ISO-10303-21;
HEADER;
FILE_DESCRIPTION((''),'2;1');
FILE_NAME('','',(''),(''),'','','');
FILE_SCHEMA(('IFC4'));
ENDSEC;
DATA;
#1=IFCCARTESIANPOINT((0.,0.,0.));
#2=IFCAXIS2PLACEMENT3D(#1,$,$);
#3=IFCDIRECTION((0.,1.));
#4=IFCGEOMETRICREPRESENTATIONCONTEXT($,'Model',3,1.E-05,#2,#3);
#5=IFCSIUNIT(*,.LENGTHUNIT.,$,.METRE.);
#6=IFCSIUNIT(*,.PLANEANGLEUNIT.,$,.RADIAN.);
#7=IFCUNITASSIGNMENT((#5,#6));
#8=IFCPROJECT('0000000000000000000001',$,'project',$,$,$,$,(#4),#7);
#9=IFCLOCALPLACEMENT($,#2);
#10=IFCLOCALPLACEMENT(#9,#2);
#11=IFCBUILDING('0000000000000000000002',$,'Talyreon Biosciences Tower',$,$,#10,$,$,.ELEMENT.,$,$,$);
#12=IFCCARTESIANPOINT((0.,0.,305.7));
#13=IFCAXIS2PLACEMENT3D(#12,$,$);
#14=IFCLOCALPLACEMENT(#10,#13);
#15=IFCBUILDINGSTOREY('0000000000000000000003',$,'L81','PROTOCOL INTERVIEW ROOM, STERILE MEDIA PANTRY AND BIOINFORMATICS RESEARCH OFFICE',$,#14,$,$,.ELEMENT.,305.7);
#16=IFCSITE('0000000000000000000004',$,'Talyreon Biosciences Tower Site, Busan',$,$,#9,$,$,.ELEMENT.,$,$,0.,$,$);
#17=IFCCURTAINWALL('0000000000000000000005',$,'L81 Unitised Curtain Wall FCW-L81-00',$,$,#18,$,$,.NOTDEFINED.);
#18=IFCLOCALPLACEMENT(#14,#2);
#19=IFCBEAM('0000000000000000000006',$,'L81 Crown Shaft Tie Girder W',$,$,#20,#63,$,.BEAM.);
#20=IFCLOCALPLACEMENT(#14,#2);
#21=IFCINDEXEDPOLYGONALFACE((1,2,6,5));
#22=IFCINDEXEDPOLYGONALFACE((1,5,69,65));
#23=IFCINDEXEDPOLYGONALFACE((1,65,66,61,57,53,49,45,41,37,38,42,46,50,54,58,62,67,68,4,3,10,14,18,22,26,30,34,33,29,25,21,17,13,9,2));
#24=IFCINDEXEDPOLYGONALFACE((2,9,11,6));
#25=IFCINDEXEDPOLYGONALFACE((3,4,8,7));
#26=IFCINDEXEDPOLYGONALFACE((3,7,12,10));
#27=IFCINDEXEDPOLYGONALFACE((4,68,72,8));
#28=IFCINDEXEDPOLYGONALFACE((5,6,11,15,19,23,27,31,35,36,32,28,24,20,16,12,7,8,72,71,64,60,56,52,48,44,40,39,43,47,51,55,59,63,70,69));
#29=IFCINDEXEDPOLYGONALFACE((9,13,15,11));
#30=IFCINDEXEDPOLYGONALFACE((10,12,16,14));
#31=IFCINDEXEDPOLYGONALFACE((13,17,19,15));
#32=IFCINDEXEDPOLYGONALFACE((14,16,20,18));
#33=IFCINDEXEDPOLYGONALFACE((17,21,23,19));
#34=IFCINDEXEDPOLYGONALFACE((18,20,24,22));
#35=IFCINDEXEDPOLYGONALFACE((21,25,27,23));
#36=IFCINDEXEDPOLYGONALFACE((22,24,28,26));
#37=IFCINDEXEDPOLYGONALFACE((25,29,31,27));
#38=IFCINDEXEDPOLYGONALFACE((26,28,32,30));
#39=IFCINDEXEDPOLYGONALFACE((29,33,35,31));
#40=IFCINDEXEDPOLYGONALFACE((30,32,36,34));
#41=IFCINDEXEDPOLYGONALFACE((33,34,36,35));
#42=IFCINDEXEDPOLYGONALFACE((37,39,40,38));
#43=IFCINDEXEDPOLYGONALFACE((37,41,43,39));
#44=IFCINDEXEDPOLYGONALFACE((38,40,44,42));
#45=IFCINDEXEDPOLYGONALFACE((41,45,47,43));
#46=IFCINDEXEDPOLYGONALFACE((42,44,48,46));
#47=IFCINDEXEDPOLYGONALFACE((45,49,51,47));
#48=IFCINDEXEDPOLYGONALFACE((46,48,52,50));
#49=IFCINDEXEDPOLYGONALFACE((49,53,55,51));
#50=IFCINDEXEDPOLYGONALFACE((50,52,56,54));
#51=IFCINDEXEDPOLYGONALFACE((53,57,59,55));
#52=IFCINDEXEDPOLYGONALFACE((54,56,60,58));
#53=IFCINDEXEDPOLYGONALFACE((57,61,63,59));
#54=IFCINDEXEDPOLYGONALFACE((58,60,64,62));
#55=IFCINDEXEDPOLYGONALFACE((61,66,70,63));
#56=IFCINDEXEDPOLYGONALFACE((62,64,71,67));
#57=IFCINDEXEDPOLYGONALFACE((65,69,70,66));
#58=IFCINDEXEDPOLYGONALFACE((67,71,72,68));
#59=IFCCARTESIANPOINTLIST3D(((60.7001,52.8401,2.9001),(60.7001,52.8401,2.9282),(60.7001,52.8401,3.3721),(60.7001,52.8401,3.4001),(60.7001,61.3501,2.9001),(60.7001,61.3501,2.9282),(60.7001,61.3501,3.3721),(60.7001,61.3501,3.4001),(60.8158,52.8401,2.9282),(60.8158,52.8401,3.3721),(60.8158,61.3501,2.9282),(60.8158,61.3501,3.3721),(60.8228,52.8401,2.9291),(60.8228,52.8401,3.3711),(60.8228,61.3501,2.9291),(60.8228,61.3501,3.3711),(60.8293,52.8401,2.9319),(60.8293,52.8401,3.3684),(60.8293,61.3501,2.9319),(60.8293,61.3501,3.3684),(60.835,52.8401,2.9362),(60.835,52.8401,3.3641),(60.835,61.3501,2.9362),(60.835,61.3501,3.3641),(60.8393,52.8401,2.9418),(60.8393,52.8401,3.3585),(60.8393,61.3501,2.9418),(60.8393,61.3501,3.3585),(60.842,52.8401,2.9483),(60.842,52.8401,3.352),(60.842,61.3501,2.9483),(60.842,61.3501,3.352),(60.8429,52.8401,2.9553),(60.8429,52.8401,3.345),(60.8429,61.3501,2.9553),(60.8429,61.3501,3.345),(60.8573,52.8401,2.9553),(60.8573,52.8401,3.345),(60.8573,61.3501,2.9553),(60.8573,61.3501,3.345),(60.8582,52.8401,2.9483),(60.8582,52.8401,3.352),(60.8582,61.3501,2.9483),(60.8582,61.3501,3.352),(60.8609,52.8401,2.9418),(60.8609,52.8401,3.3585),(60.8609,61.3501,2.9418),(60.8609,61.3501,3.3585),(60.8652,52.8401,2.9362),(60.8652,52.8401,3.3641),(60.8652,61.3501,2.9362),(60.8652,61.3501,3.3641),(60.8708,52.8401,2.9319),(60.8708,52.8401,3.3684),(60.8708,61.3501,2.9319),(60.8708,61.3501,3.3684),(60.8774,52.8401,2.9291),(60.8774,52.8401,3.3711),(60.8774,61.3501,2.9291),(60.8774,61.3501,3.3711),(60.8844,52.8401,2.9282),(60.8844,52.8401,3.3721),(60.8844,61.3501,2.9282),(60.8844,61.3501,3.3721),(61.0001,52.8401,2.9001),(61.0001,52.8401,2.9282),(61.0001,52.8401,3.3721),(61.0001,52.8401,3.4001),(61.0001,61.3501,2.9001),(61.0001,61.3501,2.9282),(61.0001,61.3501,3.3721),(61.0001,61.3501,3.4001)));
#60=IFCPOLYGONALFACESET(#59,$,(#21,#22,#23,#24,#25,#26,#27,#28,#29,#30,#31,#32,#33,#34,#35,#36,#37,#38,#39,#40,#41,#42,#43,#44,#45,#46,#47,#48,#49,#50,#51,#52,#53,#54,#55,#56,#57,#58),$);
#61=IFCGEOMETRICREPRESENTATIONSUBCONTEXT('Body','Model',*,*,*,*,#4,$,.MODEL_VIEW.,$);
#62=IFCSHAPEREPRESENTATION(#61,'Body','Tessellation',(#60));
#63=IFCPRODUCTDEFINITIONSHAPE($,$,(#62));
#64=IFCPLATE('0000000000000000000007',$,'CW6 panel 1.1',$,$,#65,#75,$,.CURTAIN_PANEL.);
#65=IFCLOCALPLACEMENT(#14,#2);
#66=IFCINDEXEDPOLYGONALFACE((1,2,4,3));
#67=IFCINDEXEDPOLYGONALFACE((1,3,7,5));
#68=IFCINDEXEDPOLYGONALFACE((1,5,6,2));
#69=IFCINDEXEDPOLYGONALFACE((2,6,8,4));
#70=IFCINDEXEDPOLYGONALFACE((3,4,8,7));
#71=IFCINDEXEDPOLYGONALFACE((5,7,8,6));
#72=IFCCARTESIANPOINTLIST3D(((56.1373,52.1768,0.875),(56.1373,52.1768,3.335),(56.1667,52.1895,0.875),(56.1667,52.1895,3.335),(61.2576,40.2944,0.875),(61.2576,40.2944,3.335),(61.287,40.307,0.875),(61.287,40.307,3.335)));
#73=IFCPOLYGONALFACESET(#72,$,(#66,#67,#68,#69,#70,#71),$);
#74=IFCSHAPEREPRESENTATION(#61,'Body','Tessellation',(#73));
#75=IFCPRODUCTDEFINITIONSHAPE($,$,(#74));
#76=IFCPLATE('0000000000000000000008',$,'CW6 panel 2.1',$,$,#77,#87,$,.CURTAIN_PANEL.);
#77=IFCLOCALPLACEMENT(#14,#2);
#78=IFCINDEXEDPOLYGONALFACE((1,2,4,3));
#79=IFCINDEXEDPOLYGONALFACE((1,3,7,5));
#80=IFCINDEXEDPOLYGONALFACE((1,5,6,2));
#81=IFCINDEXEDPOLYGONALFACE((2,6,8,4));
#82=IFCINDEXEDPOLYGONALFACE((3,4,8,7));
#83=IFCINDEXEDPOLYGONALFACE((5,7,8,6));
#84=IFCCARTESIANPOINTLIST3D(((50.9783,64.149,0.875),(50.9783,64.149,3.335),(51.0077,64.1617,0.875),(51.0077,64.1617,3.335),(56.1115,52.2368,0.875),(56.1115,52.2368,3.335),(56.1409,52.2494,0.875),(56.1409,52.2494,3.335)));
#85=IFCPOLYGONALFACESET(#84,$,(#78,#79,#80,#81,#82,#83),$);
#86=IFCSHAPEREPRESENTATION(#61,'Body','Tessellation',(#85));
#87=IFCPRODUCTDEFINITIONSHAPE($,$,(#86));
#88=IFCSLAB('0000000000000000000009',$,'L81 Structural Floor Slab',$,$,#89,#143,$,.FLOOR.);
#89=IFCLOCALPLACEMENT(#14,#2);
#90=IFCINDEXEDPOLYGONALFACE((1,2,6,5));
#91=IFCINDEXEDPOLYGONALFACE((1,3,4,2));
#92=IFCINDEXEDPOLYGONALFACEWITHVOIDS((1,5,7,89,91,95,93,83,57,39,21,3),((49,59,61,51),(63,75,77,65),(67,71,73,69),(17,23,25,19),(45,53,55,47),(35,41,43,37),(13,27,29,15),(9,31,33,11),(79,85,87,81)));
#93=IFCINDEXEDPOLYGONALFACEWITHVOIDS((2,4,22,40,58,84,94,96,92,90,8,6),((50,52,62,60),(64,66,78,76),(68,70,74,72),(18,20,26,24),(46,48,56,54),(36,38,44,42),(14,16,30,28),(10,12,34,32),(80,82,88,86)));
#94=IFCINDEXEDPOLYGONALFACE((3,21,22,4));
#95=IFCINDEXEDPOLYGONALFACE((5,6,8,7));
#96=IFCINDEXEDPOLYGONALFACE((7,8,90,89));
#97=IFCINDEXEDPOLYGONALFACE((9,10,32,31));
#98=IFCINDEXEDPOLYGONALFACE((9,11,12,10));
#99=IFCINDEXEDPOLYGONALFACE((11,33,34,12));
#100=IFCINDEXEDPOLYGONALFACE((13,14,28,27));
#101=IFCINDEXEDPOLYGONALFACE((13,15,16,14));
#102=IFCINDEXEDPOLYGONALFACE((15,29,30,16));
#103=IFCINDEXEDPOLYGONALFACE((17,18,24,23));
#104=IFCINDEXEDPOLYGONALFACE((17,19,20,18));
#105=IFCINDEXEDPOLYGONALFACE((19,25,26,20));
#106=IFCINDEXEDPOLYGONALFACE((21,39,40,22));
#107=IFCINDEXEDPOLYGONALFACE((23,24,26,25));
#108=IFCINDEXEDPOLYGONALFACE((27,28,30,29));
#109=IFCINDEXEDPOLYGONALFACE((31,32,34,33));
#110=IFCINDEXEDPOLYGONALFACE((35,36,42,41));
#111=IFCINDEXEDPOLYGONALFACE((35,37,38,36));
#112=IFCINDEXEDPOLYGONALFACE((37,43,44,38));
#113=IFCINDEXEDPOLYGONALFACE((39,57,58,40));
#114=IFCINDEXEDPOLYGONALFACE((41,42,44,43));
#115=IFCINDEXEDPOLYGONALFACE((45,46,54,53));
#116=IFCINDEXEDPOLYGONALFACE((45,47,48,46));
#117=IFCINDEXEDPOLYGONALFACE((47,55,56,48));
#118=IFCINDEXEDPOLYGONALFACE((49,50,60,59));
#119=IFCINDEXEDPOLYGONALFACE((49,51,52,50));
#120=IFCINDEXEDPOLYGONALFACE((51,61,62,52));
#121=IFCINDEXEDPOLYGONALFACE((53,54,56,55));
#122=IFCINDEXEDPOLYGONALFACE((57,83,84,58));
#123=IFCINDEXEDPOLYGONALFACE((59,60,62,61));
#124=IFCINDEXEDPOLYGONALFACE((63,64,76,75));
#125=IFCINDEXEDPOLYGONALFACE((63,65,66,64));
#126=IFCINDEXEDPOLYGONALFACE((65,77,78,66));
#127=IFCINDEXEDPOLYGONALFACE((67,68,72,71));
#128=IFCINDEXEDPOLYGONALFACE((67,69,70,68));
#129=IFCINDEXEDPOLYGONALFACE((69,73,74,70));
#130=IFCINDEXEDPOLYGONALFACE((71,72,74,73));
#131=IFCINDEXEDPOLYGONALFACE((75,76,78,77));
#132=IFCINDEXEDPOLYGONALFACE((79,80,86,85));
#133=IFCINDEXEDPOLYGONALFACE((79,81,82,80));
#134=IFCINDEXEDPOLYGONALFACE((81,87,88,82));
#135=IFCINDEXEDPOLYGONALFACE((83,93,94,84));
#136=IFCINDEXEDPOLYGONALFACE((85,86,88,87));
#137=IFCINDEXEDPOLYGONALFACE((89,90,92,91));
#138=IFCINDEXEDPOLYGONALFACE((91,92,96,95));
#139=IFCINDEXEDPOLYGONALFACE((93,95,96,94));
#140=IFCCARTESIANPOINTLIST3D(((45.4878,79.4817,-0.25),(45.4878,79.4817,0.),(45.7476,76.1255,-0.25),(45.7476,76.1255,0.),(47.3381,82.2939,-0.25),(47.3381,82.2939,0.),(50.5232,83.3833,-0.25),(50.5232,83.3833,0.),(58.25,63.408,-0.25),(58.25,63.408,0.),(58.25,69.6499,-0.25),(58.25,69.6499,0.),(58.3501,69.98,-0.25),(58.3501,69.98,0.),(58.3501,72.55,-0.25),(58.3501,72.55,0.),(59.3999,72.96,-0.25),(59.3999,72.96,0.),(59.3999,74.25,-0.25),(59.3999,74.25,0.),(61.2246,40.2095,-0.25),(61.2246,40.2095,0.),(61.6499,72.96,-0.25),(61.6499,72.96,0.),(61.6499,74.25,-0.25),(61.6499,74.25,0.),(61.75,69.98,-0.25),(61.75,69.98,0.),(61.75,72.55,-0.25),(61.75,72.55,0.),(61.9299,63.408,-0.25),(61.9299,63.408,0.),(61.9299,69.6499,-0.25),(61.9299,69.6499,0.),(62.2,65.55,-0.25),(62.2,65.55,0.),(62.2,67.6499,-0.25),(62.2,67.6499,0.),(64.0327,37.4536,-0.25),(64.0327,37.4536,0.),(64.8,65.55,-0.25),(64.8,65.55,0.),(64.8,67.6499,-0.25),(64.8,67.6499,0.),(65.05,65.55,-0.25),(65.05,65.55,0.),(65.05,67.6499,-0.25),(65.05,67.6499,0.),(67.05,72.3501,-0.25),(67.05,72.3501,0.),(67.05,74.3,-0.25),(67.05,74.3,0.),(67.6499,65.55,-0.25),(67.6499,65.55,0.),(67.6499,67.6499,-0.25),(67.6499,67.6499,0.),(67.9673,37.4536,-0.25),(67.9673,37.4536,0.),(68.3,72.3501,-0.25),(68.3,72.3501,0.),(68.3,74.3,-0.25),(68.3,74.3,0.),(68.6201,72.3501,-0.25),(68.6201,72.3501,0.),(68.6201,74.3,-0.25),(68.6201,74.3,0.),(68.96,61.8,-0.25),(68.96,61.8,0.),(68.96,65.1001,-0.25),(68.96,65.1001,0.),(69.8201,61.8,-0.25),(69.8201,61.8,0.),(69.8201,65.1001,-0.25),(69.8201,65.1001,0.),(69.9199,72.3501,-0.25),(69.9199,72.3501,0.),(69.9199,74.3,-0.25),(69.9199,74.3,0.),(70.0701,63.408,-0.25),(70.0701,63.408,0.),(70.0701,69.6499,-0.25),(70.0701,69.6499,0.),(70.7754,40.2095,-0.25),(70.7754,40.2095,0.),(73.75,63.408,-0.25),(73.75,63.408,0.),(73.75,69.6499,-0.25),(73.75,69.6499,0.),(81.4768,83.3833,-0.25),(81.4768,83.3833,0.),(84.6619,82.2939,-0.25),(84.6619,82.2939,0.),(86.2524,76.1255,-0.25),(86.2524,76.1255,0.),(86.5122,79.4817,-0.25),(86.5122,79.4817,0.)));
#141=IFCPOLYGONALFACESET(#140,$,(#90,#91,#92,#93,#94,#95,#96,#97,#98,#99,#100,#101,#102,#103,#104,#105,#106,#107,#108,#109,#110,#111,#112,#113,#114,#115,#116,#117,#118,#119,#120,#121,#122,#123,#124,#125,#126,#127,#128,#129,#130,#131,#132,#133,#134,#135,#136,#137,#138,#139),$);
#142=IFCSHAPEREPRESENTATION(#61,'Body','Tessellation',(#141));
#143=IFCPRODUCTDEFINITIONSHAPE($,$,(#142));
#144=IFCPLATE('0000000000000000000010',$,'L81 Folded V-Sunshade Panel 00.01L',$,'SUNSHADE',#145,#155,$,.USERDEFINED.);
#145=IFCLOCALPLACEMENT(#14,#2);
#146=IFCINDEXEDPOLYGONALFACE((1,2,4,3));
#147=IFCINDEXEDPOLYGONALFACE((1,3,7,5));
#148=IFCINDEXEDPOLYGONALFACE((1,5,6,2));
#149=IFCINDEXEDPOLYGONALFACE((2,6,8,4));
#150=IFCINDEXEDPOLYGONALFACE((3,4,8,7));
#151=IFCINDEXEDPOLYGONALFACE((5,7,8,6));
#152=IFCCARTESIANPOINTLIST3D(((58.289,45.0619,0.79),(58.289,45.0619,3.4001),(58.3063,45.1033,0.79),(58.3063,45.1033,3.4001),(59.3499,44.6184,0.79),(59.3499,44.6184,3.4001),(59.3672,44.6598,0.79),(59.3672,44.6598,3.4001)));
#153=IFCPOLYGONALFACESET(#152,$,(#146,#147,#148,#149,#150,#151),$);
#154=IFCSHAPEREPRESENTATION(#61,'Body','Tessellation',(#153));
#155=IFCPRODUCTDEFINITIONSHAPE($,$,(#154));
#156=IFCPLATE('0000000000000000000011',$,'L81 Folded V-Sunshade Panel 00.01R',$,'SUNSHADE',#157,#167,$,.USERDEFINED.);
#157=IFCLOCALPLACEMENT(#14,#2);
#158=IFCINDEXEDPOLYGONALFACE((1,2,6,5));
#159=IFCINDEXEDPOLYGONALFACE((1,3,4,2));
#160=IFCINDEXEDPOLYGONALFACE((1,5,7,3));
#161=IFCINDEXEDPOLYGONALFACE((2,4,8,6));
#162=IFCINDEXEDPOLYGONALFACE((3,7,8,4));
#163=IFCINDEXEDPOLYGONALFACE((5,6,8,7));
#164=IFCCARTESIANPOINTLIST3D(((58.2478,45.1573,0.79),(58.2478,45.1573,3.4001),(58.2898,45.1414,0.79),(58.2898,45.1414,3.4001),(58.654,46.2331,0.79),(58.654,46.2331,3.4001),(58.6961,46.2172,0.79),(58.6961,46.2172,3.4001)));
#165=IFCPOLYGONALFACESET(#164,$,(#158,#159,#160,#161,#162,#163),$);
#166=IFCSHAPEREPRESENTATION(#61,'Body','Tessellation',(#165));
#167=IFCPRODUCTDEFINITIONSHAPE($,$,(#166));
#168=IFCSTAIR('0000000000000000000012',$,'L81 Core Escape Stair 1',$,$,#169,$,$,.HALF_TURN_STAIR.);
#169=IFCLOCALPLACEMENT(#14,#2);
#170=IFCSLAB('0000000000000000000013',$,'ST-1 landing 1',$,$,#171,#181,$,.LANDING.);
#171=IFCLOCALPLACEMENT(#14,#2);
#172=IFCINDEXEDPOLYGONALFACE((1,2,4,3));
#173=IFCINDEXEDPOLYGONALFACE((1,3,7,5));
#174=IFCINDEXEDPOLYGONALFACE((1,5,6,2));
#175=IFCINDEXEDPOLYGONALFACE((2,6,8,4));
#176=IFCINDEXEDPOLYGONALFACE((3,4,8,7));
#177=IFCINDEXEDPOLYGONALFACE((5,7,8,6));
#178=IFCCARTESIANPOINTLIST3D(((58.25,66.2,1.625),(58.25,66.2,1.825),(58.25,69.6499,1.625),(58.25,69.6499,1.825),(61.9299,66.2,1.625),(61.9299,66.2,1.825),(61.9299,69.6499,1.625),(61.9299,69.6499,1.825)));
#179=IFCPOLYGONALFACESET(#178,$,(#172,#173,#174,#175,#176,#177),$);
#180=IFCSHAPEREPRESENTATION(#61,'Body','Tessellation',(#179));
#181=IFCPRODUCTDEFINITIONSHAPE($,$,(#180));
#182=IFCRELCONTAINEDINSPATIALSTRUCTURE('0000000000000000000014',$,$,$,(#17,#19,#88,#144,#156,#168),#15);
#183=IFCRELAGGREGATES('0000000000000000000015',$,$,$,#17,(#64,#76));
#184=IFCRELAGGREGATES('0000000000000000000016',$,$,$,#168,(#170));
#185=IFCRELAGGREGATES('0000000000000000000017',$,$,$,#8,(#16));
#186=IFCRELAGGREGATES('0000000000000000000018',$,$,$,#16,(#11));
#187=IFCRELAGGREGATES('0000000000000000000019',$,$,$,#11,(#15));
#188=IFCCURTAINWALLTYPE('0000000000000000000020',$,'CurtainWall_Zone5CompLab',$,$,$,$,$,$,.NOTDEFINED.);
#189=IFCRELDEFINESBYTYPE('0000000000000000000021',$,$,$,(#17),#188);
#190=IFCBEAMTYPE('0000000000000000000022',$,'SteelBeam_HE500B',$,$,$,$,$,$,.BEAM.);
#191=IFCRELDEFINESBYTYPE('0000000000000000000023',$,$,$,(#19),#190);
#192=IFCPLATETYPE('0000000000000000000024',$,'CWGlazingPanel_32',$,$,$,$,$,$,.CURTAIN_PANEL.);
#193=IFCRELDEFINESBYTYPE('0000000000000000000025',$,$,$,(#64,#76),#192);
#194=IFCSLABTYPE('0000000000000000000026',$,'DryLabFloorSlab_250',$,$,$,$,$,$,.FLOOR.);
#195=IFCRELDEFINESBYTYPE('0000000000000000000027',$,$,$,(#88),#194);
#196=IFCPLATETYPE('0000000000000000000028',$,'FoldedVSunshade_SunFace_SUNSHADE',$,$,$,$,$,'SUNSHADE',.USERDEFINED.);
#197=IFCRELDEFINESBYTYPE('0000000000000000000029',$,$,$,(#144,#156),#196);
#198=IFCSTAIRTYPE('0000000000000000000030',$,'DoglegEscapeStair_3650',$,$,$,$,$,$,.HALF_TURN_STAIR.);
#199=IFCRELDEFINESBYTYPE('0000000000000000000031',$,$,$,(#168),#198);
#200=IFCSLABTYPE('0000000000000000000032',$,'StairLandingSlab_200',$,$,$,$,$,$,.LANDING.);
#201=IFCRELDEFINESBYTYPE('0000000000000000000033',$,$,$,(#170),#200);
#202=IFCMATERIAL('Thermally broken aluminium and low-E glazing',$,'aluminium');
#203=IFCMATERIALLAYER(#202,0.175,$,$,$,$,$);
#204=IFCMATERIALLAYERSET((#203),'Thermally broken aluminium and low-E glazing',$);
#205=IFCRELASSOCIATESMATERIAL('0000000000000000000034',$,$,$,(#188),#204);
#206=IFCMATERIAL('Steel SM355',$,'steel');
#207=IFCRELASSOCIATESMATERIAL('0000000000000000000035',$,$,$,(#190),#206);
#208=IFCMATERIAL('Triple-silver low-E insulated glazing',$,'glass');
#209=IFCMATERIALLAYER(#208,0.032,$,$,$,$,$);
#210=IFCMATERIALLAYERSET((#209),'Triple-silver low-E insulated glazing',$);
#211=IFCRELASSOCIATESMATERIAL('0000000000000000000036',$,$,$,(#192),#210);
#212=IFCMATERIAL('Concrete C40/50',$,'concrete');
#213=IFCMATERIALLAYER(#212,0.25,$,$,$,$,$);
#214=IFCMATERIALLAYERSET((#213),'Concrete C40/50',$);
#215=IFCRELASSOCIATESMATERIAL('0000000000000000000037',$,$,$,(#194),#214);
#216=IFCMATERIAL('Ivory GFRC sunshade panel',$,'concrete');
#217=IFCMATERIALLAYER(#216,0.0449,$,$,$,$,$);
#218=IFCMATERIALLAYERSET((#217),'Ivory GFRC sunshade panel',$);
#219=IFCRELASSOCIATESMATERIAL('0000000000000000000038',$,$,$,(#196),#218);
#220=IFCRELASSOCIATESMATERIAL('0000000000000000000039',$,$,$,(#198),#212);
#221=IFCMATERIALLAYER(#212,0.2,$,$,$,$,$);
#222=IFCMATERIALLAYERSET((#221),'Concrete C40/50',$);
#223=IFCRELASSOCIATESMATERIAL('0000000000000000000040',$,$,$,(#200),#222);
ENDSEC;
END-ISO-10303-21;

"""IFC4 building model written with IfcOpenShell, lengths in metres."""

from ifc_helpers import new_model, si_unit, direction, frame, origin, origin_2d, place, context, subcontext, project, spatial, polyline, rectangle, i_section, outline, extrude, material, layer, layer_set, material_profile, profile_set, type_object, element, aggregate, save


model = new_model("IFC4")

# Units and contexts
model_context = context("Model", 3, precision=1e-05, world=origin(), true_north=direction((0.0, 1.0)))
body_context = subcontext(model_context, "Body", "Model", "MODEL_VIEW")
ifc_project = project(units=[si_unit("LENGTHUNIT", "METRE"), si_unit("PLANEANGLEUNIT", "RADIAN")], contexts=[model_context])

# Site, building, storey
site_placement = place(None, origin())
site = spatial("IfcSite", under=ifc_project, at=site_placement, Name="Talyreon Biosciences Tower Site, Busan", CompositionType="ELEMENT", RefElevation=0.0)
building_placement = place(site_placement, origin())
building = spatial("IfcBuilding", under=site, at=building_placement, Name="Talyreon Biosciences Tower", CompositionType="ELEMENT")
storey_placement = place(building_placement, frame((0.0, 0.0, 305.7)))
storey = spatial("IfcBuildingStorey", under=building, at=storey_placement, Name="L81", Description="PROTOCOL INTERVIEW ROOM, STERILE MEDIA PANTRY AND BIOINFORMATICS RESEARCH OFFICE", CompositionType="ELEMENT", Elevation=305.7)

# Curtain wall
ifc_material_1 = material(Name="Thermally broken aluminium and low-E glazing", Category="aluminium")
ifc_layer_1 = layer(ifc_material_1, 0.175)
ifc_layer_set_1 = layer_set([ifc_layer_1], Name="Thermally broken aluminium and low-E glazing")
curtain_wall_type = type_object("IfcCurtainWallType", Name="CurtainWall_Zone5CompLab", PredefinedType="NOTDEFINED", material=ifc_layer_set_1)
curtain_wall_placement = place(storey_placement, origin())
curtain_wall = element("IfcCurtainWall", 1, at=curtain_wall_placement, inside=storey, type_object=curtain_wall_type, Name="L81 Unitised Curtain Wall FCW-L81-00", PredefinedType="NOTDEFINED")

# Beam
ifc_material_2 = material(Name="Steel SM355", Category="steel")
ifc_material_profile_1 = material_profile(ifc_material_2, i_section(OverallWidth=0.3, OverallDepth=0.5, WebThickness=0.0144, FlangeThickness=0.0281, FilletRadius=0.0271, at=origin_2d()), Name="HE500B")
ifc_profile_set_1 = profile_set([ifc_material_profile_1], Name="Steel SM355")
beam_type_1 = type_object("IfcBeamType", Name="SteelBeam_HE500B", PredefinedType="BEAM", material=ifc_profile_set_1)
beam_1_placement = place(storey_placement, frame((60.8501, 52.8401, 3.1501), z_axis=(0.0, 1.0, 0.0), x_axis=(-1.0, 0.0, 0.0)))
element("IfcBeam", 2, at=beam_1_placement, inside=storey, type_object=beam_type_1, Name="L81 Crown Shaft Tie Girder W", PredefinedType="BEAM", context=body_context, shape_type="SweptSolid", body=[
    extrude(i_section(OverallWidth=0.3, OverallDepth=0.5, WebThickness=0.0144, FlangeThickness=0.0281, FilletRadius=0.0271, at=origin_2d()), origin(), (0.0, 0.0, 1.0), 8.51),
])

# Plates
ifc_material_3 = material(Name="Triple-silver low-E insulated glazing", Category="glass")
ifc_layer_2 = layer(ifc_material_3, 0.032)
ifc_layer_set_2 = layer_set([ifc_layer_2], Name="Triple-silver low-E insulated glazing")
plate_type_1 = type_object("IfcPlateType", Name="CWGlazingPanel_32", PredefinedType="CURTAIN_PANEL", material=ifc_layer_set_2)
plate_1_placement = place(storey_placement, frame((58.7122, 46.2419, 0.875), z_axis=(0.0, 0.0, 1.0), x_axis=(-0.395738, 0.918363, 0.0)))
plate_1 = element("IfcPlate", 3, at=plate_1_placement, type_object=plate_type_1, Name="CW6 panel 1.1", PredefinedType="CURTAIN_PANEL", context=body_context, shape_type="SweptSolid", body=[
    extrude(rectangle(XDim=12.9387, YDim=0.032, at=origin_2d()), origin(), (0.0, 0.0, 1.0), 2.46),
])
plate_2_placement = place(storey_placement, frame((53.5596, 58.1992, 0.875), z_axis=(0.0, 0.0, 1.0), x_axis=(-0.395738, 0.918363, 0.0)))
plate_2 = element("IfcPlate", 4, at=plate_2_placement, type_object=plate_type_1, Name="CW6 panel 2.1", PredefinedType="CURTAIN_PANEL", context=body_context, shape_type="SweptSolid", body=[
    extrude(rectangle(XDim=12.9712, YDim=0.032, at=origin_2d()), origin(), (0.0, 0.0, 1.0), 2.46),
])
aggregate(curtain_wall, [plate_1, plate_2])

# Slab
ifc_material_4 = material(Name="Concrete C40/50", Category="concrete")
ifc_layer_3 = layer(ifc_material_4, 0.25)
ifc_layer_set_3 = layer_set([ifc_layer_3], Name="Concrete C40/50")
slab_type_1 = type_object("IfcSlabType", Name="DryLabFloorSlab_250", PredefinedType="FLOOR", material=ifc_layer_set_3)
slab_1_placement = place(storey_placement, frame((0.0, 0.0, -0.25)))
element("IfcSlab", 5, at=slab_1_placement, inside=storey, type_object=slab_type_1, Name="L81 Structural Floor Slab", PredefinedType="FLOOR", context=body_context, shape_type="SweptSolid", body=[
    extrude(outline(polyline([(61.2246, 40.2095), (45.7476, 76.1255), (45.4878, 79.4817), (47.3381, 82.2939), (50.5232, 83.3833), (81.4768, 83.3833), (84.6619, 82.2939), (86.5122, 79.4817), (86.2524, 76.1255), (70.7754, 40.2095), (67.9673, 37.4536), (64.0327, 37.4536), (61.2246, 40.2095)]), holes=[polyline([(69.8201, 65.1001), (69.8201, 61.8), (68.96, 61.8), (68.96, 65.1001), (69.8201, 65.1001)]), polyline([(61.9299, 69.6499), (61.9299, 63.408), (58.25, 63.408), (58.25, 69.6499), (61.9299, 69.6499)]), polyline([(73.75, 69.6499), (73.75, 63.408), (70.0701, 63.408), (70.0701, 69.6499), (73.75, 69.6499)]), polyline([(64.8, 67.6499), (64.8, 65.55), (62.2, 65.55), (62.2, 67.6499), (64.8, 67.6499)]), polyline([(67.6499, 67.6499), (67.6499, 65.55), (65.05, 65.55), (65.05, 67.6499), (67.6499, 67.6499)]), polyline([(61.75, 72.55), (61.75, 69.98), (58.3501, 69.98), (58.3501, 72.55), (61.75, 72.55)]), polyline([(68.3, 74.3), (68.3, 72.3501), (67.05, 72.3501), (67.05, 74.3), (68.3, 74.3)]), polyline([(69.9199, 72.3501), (68.6201, 72.3501), (68.6201, 74.3), (69.9199, 74.3), (69.9199, 72.3501)]), polyline([(61.6499, 72.96), (59.3999, 72.96), (59.3999, 74.25), (61.6499, 74.25), (61.6499, 72.96)])]), origin(), (0.0, 0.0, 1.0), 0.25),
])

# Plates
ifc_material_5 = material(Name="Ivory GFRC sunshade panel", Category="concrete")
ifc_layer_4 = layer(ifc_material_5, 0.0449)
ifc_layer_set_4 = layer_set([ifc_layer_4], Name="Ivory GFRC sunshade panel")
plate_type_2 = type_object("IfcPlateType", Name="FoldedVSunshade_SunFace_SUNSHADE", ElementType="SUNSHADE", PredefinedType="USERDEFINED", material=ifc_layer_set_4)
for number, where, z_axis, x_axis, name in (
    (6, (58.8281, 44.8608, 0.79), (0.0, 0.0, 1.0), (-0.922619, 0.385713, 0.0), "L81 Folded V-Sunshade Panel 00.01L"),
    (7, (58.4719, 45.6873, 0.79), (0.0, 0.0, 1.0), (0.353279, 0.935518, 0.0), "L81 Folded V-Sunshade Panel 00.01R"),
):
    element("IfcPlate", number, at=place(storey_placement, frame(where, z_axis=z_axis, x_axis=x_axis)), inside=storey, type_object=plate_type_2, Name=name, ObjectType="SUNSHADE", PredefinedType="USERDEFINED", context=body_context, shape_type="SweptSolid", body=[
        extrude(rectangle(XDim=1.1499, YDim=0.0449, at=origin_2d()), origin(), (0.0, 0.0, 1.0), 2.6101),
    ])

# Stair, slab
stair_type = type_object("IfcStairType", Name="DoglegEscapeStair_3650", PredefinedType="HALF_TURN_STAIR", material=ifc_material_4)
stair_1_placement = place(storey_placement, origin())
stair_1 = element("IfcStair", 8, at=stair_1_placement, inside=storey, type_object=stair_type, Name="L81 Core Escape Stair 1", PredefinedType="HALF_TURN_STAIR")
ifc_layer_5 = layer(ifc_material_4, 0.2)
ifc_layer_set_5 = layer_set([ifc_layer_5], Name="Concrete C40/50")
slab_type_2 = type_object("IfcSlabType", Name="StairLandingSlab_200", PredefinedType="LANDING", material=ifc_layer_set_5)
slab_2_placement = place(storey_placement, frame((0.0, 0.0, 1.625)))
slab_2 = element("IfcSlab", 9, at=slab_2_placement, type_object=slab_type_2, Name="ST-1 landing 1", PredefinedType="LANDING", context=body_context, shape_type="SweptSolid", body=[
    extrude(outline(polyline([(61.9299, 66.2), (61.9299, 69.6499), (58.25, 69.6499), (58.25, 66.2), (61.9299, 66.2)])), origin(), (0.0, 0.0, 1.0), 0.2),
])
aggregate(stair_1, [slab_2])

save(model, "model.ifc")
